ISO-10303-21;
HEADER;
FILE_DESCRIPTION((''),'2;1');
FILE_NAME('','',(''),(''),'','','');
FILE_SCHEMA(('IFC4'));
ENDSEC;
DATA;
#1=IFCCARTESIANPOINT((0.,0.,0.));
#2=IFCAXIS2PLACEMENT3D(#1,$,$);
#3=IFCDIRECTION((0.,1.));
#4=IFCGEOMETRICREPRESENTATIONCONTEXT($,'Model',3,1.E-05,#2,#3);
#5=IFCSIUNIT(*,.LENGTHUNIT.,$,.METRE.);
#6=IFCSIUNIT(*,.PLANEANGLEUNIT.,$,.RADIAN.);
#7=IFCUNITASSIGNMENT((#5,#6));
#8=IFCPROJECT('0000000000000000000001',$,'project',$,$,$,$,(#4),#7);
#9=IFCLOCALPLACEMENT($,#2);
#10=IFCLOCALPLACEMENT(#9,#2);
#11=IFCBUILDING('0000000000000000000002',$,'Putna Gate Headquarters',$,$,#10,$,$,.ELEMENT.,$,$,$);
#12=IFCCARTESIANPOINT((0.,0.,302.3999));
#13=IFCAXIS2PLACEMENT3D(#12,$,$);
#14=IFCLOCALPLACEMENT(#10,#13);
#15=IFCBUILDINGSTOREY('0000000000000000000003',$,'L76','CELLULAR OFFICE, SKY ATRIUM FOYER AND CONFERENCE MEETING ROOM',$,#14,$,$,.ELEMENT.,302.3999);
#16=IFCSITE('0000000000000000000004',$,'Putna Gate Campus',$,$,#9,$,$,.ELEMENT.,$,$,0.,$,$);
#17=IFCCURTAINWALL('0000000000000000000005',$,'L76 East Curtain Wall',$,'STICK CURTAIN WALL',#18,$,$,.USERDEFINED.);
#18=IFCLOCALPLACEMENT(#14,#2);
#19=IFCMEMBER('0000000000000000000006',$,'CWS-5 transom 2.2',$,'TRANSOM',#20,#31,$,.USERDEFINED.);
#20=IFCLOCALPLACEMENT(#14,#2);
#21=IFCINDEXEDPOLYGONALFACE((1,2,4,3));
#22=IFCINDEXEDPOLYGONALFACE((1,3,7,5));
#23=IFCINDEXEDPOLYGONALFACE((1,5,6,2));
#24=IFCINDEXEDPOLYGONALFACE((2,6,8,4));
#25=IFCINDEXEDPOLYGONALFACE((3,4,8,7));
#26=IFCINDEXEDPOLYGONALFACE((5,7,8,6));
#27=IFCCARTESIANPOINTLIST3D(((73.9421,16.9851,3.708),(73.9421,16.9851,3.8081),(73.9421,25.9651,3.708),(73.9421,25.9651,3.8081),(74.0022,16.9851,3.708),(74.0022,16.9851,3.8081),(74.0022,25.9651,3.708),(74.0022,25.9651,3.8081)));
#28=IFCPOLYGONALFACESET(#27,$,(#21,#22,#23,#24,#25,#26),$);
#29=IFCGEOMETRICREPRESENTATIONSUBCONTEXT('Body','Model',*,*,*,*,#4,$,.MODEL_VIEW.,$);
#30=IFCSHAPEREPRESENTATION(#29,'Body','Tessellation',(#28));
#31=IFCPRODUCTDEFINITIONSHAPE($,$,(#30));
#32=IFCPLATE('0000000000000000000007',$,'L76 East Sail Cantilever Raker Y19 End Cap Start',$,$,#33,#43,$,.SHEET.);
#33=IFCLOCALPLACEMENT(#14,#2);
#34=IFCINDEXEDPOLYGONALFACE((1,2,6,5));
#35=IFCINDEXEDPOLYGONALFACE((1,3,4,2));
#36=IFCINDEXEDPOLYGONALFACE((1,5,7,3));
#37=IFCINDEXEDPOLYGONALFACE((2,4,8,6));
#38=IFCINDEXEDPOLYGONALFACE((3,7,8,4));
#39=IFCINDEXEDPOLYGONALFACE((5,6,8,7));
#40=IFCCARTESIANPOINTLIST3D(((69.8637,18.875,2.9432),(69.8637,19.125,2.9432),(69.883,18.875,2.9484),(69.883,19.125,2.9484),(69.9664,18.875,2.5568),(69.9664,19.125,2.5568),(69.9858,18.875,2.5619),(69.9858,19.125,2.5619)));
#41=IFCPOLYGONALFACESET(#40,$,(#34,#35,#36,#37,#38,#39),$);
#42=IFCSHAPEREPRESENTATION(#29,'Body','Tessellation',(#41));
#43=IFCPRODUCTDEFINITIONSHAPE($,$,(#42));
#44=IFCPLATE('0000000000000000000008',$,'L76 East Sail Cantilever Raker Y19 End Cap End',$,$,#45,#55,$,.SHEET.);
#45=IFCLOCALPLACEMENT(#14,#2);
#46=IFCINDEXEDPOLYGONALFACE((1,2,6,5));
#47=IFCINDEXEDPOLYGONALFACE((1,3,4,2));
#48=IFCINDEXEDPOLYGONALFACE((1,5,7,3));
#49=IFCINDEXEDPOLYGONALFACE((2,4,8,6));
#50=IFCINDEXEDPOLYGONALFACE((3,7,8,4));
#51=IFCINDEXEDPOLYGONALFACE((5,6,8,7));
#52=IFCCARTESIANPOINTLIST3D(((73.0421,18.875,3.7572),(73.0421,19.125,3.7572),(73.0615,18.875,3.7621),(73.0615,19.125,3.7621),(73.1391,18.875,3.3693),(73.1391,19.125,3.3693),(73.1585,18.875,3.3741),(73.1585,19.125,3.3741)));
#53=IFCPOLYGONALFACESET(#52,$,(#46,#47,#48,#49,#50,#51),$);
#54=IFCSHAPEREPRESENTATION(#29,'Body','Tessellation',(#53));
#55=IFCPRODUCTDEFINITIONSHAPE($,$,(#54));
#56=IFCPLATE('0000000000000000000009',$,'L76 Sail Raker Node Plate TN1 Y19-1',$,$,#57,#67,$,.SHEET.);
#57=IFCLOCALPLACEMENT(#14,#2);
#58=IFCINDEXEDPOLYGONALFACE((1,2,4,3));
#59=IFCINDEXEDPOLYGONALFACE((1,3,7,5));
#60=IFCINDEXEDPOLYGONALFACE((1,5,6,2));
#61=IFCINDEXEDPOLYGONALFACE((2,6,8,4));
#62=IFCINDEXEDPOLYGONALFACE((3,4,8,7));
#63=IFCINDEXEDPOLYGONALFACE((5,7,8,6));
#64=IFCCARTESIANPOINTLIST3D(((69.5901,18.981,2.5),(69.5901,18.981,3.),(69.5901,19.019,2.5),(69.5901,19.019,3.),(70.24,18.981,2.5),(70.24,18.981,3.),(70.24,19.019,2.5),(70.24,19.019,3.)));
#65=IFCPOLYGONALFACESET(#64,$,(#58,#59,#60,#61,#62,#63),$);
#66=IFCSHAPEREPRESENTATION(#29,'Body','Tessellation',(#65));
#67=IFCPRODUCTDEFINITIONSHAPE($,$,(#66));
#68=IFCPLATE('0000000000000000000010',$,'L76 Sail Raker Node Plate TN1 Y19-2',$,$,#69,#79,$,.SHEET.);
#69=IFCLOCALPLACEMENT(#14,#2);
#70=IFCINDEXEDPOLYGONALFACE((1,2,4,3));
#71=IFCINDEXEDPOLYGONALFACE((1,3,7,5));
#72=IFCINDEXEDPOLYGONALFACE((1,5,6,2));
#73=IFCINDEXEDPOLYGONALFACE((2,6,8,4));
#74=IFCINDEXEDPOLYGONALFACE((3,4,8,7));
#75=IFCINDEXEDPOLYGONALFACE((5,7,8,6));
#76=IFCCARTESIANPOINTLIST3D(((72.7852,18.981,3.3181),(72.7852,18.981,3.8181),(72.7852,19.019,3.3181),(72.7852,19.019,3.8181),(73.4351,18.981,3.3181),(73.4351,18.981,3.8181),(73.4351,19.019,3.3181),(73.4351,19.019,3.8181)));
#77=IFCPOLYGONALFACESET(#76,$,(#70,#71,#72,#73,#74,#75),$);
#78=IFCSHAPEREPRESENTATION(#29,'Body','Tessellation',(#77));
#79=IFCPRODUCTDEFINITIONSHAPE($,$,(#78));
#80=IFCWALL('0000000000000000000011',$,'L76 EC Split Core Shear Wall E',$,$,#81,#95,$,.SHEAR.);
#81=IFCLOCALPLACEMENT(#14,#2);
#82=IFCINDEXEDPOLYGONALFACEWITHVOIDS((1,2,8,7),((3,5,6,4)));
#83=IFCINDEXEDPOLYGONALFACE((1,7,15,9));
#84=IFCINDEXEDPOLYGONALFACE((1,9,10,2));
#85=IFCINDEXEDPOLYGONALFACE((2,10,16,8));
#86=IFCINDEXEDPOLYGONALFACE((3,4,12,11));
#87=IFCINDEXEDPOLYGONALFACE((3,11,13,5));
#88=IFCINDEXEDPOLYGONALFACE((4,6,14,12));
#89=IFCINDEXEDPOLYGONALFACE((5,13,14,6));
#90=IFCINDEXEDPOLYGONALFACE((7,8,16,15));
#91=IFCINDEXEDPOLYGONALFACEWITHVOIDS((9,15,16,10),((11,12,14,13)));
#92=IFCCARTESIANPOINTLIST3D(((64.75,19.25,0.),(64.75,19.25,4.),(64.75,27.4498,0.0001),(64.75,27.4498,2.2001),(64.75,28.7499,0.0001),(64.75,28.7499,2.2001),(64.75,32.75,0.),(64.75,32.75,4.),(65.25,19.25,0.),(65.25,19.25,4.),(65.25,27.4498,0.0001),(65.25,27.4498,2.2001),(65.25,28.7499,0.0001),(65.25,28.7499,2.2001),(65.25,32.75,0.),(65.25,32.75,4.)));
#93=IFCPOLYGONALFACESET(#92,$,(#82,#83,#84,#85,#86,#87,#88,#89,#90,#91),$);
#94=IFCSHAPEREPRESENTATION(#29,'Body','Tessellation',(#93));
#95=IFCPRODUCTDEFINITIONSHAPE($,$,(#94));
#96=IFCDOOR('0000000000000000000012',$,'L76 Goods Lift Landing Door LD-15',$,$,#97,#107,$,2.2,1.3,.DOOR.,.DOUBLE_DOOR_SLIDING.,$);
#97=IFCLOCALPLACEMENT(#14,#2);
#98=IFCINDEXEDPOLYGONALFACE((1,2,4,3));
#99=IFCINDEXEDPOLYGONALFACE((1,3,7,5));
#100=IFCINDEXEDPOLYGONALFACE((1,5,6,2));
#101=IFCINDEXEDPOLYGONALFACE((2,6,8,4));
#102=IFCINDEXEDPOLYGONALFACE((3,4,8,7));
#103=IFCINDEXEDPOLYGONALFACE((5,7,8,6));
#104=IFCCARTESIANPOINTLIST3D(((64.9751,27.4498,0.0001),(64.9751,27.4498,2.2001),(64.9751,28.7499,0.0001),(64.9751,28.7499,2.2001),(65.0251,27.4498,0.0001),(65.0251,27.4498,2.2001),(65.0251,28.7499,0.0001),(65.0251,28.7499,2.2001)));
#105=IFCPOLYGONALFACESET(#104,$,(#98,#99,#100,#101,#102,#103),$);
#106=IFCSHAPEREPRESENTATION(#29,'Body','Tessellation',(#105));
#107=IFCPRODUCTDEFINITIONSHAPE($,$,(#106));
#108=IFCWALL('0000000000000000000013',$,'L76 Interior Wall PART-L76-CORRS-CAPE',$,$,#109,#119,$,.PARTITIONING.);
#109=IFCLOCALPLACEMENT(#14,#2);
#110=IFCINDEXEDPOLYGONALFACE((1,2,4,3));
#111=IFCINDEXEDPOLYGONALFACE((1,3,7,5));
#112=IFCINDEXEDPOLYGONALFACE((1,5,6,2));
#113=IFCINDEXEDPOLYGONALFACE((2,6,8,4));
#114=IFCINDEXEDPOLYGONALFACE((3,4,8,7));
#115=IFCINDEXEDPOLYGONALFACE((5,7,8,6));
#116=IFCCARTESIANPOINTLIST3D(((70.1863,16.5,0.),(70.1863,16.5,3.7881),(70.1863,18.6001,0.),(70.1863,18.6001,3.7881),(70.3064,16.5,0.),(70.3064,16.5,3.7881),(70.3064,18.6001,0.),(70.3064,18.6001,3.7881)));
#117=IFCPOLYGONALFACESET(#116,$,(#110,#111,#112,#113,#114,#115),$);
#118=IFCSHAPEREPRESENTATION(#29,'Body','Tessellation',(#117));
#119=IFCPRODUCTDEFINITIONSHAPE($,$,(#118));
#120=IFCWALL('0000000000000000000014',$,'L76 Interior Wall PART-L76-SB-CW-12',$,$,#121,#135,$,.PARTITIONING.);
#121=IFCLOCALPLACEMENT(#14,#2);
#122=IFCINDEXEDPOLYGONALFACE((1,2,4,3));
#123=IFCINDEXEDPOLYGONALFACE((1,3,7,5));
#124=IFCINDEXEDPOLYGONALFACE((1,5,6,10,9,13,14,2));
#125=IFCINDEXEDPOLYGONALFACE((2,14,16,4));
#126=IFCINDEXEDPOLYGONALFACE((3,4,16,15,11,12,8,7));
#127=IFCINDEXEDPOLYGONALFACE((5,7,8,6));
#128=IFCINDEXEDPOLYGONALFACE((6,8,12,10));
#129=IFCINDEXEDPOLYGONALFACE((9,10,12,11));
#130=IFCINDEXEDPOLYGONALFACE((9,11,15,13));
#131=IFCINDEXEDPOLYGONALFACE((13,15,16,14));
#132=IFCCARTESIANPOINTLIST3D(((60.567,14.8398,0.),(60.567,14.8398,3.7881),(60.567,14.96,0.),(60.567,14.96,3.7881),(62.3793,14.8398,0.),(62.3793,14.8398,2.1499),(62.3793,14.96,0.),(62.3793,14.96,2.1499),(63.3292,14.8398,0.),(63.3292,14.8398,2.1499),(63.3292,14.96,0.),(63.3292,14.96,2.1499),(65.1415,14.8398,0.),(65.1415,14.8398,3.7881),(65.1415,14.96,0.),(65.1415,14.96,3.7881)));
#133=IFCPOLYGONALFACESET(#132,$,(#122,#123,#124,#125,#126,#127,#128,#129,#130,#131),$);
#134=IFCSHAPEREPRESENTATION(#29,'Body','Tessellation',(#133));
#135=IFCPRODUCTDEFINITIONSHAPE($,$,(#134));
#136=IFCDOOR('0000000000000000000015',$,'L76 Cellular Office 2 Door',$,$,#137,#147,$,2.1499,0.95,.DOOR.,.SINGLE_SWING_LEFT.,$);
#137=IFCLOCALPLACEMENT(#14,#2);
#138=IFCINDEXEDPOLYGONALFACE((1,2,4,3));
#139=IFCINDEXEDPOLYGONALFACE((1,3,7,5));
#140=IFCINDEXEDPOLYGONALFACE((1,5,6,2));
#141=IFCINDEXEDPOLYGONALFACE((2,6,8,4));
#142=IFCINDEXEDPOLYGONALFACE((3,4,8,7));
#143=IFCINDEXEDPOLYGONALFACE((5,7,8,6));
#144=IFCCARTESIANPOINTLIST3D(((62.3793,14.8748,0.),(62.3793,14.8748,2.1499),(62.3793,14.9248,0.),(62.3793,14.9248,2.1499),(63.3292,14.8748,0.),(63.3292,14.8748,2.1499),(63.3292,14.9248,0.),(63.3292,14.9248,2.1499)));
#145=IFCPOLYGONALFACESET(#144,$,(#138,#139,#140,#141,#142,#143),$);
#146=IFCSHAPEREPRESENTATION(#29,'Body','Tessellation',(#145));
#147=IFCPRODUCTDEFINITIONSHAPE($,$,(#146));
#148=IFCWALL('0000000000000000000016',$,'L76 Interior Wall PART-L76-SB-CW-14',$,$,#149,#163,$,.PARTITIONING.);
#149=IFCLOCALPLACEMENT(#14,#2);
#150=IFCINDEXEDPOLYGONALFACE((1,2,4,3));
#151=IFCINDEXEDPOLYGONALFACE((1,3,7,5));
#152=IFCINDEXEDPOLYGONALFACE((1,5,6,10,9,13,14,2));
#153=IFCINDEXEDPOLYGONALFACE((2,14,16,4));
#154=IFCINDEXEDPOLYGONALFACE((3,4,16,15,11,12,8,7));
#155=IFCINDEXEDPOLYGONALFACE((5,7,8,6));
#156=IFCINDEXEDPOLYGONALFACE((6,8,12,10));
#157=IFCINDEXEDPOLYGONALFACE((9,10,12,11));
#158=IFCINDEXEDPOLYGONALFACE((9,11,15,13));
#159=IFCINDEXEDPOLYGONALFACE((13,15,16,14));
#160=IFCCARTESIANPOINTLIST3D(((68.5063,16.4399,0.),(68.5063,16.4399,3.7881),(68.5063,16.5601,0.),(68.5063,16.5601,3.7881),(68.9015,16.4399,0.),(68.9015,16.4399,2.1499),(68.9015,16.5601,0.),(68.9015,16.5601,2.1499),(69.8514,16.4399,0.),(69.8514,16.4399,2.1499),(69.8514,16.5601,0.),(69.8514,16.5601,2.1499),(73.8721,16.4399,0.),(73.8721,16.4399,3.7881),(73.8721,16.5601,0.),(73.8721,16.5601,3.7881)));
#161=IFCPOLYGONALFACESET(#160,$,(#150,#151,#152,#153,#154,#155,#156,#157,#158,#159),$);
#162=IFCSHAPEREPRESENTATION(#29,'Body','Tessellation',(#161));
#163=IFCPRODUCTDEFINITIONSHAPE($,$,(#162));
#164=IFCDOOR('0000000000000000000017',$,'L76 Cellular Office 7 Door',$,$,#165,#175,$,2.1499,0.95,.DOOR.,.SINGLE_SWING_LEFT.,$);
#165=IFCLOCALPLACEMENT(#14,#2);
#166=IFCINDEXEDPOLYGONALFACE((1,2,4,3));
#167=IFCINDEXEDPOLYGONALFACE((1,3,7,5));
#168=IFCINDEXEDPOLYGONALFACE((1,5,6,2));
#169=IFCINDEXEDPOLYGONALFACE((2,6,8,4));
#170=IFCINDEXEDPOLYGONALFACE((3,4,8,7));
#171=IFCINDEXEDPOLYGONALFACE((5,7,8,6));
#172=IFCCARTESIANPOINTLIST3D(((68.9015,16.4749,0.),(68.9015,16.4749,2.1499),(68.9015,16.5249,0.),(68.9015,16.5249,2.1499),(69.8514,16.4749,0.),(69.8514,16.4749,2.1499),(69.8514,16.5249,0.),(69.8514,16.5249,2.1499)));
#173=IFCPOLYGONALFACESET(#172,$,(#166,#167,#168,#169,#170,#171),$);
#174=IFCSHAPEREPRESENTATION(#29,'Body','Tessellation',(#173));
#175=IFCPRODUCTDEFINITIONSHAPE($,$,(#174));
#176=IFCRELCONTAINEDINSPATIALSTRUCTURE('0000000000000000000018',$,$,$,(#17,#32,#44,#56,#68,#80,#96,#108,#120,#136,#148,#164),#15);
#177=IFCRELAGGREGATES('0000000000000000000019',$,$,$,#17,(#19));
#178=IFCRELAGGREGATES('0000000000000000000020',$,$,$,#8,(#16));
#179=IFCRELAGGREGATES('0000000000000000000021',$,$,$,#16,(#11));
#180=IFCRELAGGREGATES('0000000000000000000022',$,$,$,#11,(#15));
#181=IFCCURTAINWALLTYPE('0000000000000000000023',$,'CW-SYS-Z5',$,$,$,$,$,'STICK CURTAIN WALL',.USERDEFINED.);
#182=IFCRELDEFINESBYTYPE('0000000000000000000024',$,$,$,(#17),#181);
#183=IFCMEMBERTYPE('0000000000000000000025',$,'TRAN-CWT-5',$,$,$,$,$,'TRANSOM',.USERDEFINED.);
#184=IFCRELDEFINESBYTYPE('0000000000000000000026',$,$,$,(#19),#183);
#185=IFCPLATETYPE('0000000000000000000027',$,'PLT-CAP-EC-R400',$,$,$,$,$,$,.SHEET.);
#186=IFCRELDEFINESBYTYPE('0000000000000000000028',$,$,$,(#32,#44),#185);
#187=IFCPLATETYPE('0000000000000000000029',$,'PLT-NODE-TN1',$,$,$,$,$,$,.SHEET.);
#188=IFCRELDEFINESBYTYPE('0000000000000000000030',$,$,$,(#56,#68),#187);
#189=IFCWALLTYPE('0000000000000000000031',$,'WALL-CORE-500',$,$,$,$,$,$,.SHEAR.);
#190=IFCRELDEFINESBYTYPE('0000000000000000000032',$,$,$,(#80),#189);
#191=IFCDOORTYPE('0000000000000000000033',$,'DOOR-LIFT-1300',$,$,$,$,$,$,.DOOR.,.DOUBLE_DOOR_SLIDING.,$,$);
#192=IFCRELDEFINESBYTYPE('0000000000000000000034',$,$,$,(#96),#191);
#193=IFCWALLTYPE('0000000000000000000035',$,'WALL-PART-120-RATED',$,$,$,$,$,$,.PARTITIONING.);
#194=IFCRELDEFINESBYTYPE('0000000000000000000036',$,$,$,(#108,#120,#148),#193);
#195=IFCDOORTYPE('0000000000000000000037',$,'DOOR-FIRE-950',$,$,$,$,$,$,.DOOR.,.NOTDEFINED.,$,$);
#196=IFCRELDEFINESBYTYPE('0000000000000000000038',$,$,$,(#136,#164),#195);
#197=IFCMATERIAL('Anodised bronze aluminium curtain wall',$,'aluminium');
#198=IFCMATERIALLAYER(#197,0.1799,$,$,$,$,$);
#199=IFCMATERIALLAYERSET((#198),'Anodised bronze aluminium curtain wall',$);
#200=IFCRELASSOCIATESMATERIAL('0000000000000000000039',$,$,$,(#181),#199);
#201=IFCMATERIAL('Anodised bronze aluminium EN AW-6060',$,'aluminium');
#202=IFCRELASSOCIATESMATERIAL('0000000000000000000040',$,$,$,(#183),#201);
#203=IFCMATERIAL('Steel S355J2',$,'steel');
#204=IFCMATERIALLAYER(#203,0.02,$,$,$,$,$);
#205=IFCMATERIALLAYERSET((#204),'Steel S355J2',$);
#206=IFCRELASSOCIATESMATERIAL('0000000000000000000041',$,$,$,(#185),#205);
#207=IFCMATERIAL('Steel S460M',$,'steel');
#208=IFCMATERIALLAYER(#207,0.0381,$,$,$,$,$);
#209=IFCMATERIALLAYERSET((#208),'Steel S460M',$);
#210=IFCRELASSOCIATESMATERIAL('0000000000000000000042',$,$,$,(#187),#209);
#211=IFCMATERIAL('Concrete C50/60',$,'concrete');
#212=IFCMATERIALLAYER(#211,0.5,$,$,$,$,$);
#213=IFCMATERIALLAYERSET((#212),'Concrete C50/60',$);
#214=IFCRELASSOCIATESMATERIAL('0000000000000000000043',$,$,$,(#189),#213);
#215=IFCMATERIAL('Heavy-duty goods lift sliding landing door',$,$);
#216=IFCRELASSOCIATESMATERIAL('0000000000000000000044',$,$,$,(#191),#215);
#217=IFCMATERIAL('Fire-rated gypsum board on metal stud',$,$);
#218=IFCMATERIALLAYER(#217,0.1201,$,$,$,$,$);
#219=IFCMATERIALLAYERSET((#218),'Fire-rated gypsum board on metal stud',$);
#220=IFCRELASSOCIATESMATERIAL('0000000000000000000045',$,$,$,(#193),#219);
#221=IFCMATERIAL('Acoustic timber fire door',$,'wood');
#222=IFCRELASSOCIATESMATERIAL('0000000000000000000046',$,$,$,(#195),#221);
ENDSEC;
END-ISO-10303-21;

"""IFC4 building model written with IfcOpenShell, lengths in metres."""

from ifc_helpers import new_model, si_unit, direction, frame, frame_2d, origin, origin_2d, place, context, subcontext, project, spatial, rectangle, extrude, material, layer, layer_set, material_profile, profile_set, type_object, element, fill, aggregate, save


model = new_model("IFC4")

# Units and contexts
model_context = context("Model", 3, precision=1e-05, world=origin(), true_north=direction((0.0, 1.0)))
body_context = subcontext(model_context, "Body", "Model", "MODEL_VIEW")
ifc_project = project(units=[si_unit("LENGTHUNIT", "METRE"), si_unit("PLANEANGLEUNIT", "RADIAN")], contexts=[model_context])

# Site, building, storey
site_placement = place(None, origin())
site = spatial("IfcSite", under=ifc_project, at=site_placement, Name="Putna Gate Campus", CompositionType="ELEMENT", RefElevation=0.0)
building_placement = place(site_placement, origin())
building = spatial("IfcBuilding", under=site, at=building_placement, Name="Putna Gate Headquarters", CompositionType="ELEMENT")
storey_placement = place(building_placement, frame((0.0, 0.0, 302.3999)))
storey = spatial("IfcBuildingStorey", under=building, at=storey_placement, Name="L76", Description="CELLULAR OFFICE, SKY ATRIUM FOYER AND CONFERENCE MEETING ROOM", CompositionType="ELEMENT", Elevation=302.3999)

# Shared definitions
ifc_material_1 = material(Name="Steel S460M", Category="steel")

# Shared definitions
ifc_material_2 = material(Name="Steel S355J2", Category="steel")

# Curtain wall, member
ifc_material_3 = material(Name="Anodised bronze aluminium curtain wall", Category="aluminium")
ifc_layer_1 = layer(ifc_material_3, 0.1799)
ifc_layer_set_1 = layer_set([ifc_layer_1], Name="Anodised bronze aluminium curtain wall")
curtain_wall_type = type_object("IfcCurtainWallType", Name="CW-SYS-Z5", ElementType="STICK CURTAIN WALL", PredefinedType="USERDEFINED", material=ifc_layer_set_1)
curtain_wall_placement = place(storey_placement, origin())
curtain_wall = element("IfcCurtainWall", 1, at=curtain_wall_placement, inside=storey, type_object=curtain_wall_type, Name="L76 East Curtain Wall", ObjectType="STICK CURTAIN WALL", PredefinedType="USERDEFINED")
ifc_material_4 = material(Name="Anodised bronze aluminium EN AW-6060", Category="aluminium")
ifc_material_profile_1 = material_profile(ifc_material_4, rectangle(XDim=0.0601, YDim=0.1001, at=origin_2d()), Name="Anodised bronze aluminium EN AW-6060")
ifc_profile_set_1 = profile_set([ifc_material_profile_1], Name="Anodised bronze aluminium EN AW-6060")
member_type_1 = type_object("IfcMemberType", Name="TRAN-CWT-5", ElementType="TRANSOM", PredefinedType="USERDEFINED", material=ifc_profile_set_1)
member_1_placement = place(storey_placement, frame((73.9722, 16.9851, 3.7581), z_axis=(0.0, 1.0, 0.0), x_axis=(-1.0, 0.0, 0.0)))
member_1 = element("IfcMember", 2, at=member_1_placement, type_object=member_type_1, Name="CWS-5 transom 2.2", ObjectType="TRANSOM", PredefinedType="USERDEFINED", context=body_context, shape_type="SweptSolid", body=[
    extrude(rectangle(XDim=0.0601, YDim=0.1001, at=origin_2d()), origin(), (0.0, 0.0, 1.0), 8.98),
])
aggregate(curtain_wall, [member_1])

# Plates
ifc_layer_2 = layer(ifc_material_2, 0.02)
ifc_layer_set_2 = layer_set([ifc_layer_2], Name="Steel S355J2")
plate_type_1 = type_object("IfcPlateType", Name="PLT-CAP-EC-R400", PredefinedType="SHEET", material=ifc_layer_set_2)
for number, where, z_axis, x_axis, name in (
    (3, (69.915, 19.0, 2.75), (0.966438, 0.0, 0.256901), (0.0, 1.0, 0.0), "L76 East Sail Cantilever Raker Y19 End Cap Start"),
    (4, (73.0906, 19.0, 3.5632), (0.970143, 0.0, 0.242536), (0.0, 1.0, 0.0), "L76 East Sail Cantilever Raker Y19 End Cap End"),
):
    element("IfcPlate", number, at=place(storey_placement, frame(where, z_axis=z_axis, x_axis=x_axis)), inside=storey, type_object=plate_type_1, Name=name, PredefinedType="SHEET", context=body_context, shape_type="SweptSolid", body=[
        extrude(rectangle(XDim=0.25, YDim=0.3999, at=origin_2d()), origin(), (0.0, 0.0, 1.0), 0.02),
    ])
ifc_layer_3 = layer(ifc_material_1, 0.0381)
ifc_layer_set_3 = layer_set([ifc_layer_3], Name="Steel S460M")
plate_type_2 = type_object("IfcPlateType", Name="PLT-NODE-TN1", PredefinedType="SHEET", material=ifc_layer_set_3)
for number, where, z_axis, x_axis, name in (
    (5, (69.915, 19.0, 2.5), (0.0, 0.0, 1.0), (1.0, 0.0, 0.0), "L76 Sail Raker Node Plate TN1 Y19-1"),
    (6, (73.1101, 19.0, 3.3181), (0.0, 0.0, 1.0), (1.0, 0.0, 0.0), "L76 Sail Raker Node Plate TN1 Y19-2"),
):
    element("IfcPlate", number, at=place(storey_placement, frame(where, z_axis=z_axis, x_axis=x_axis)), inside=storey, type_object=plate_type_2, Name=name, PredefinedType="SHEET", context=body_context, shape_type="SweptSolid", body=[
        extrude(rectangle(XDim=0.6499, YDim=0.0381, at=origin_2d()), origin(), (0.0, 0.0, 1.0), 0.5),
    ])

# Wall, opening, door
ifc_material_5 = material(Name="Concrete C50/60", Category="concrete")
ifc_layer_4 = layer(ifc_material_5, 0.5)
ifc_layer_set_4 = layer_set([ifc_layer_4], Name="Concrete C50/60")
wall_type_1 = type_object("IfcWallType", Name="WALL-CORE-500", PredefinedType="SHEAR", material=ifc_layer_set_4)
wall_1_placement = place(storey_placement, frame((65.0, 19.25, 0.0), z_axis=(0.0, 0.0, 1.0), x_axis=(0.0, 1.0, 0.0)))
wall_1 = element("IfcWall", 7, at=wall_1_placement, inside=storey, type_object=wall_type_1, Name="L76 EC Split Core Shear Wall E", PredefinedType="SHEAR", context=body_context, shape_type="SweptSolid", body=[
    extrude(rectangle(XDim=13.5, YDim=0.5, at=frame_2d((6.75, 0.0))), origin(), (0.0, 0.0, 1.0), 4.0),
])
opening_1_placement = place(wall_1_placement, frame((8.2, 0.0, 0.0)))
opening_1 = element("IfcOpeningElement", 8, at=opening_1_placement, cuts=wall_1, PredefinedType="OPENING", context=body_context, shape_type="SweptSolid", body=[
    extrude(rectangle(XDim=1.3, YDim=2.2, at=frame_2d((0.6499, 1.1001))), frame((0.0, 0.26, 0.0), z_axis=(0.0, -1.0, 0.0), x_axis=(1.0, 0.0, 0.0)), (0.0, 0.0, 1.0), 0.52),
])
ifc_material_6 = material(Name="Heavy-duty goods lift sliding landing door")
door_type_1 = type_object("IfcDoorType", Name="DOOR-LIFT-1300", OperationType="DOUBLE_DOOR_SLIDING", PredefinedType="DOOR", material=ifc_material_6)
door_1_placement = place(opening_1_placement, origin())
door_1 = element("IfcDoor", 9, at=door_1_placement, inside=storey, type_object=door_type_1, Name="L76 Goods Lift Landing Door LD-15", OperationType="DOUBLE_DOOR_SLIDING", OverallHeight=2.2, OverallWidth=1.3, PredefinedType="DOOR", context=body_context, shape_type="SweptSolid", body=[
    extrude(rectangle(XDim=1.3, YDim=2.2, at=frame_2d((0.6499, 1.1001))), frame((0.0, 0.0249, 0.0), z_axis=(0.0, -1.0, 0.0), x_axis=(1.0, 0.0, 0.0)), (0.0, 0.0, 1.0), 0.05),
])
fill(opening_1, door_1)

# Wall
ifc_material_7 = material(Name="Fire-rated gypsum board on metal stud")
ifc_layer_5 = layer(ifc_material_7, 0.1201)
ifc_layer_set_5 = layer_set([ifc_layer_5], Name="Fire-rated gypsum board on metal stud")
wall_type_2 = type_object("IfcWallType", Name="WALL-PART-120-RATED", PredefinedType="PARTITIONING", material=ifc_layer_set_5)
wall_2_placement = place(storey_placement, frame((70.2463, 16.5, 0.0), z_axis=(0.0, 0.0, 1.0), x_axis=(0.0, 1.0, 0.0)))
element("IfcWall", 10, at=wall_2_placement, inside=storey, type_object=wall_type_2, Name="L76 Interior Wall PART-L76-CORRS-CAPE", PredefinedType="PARTITIONING", context=body_context, shape_type="SweptSolid", body=[
    extrude(rectangle(XDim=2.1001, YDim=0.1201, at=frame_2d((1.05, 0.0))), origin(), (0.0, 0.0, 1.0), 3.7881),
])

# Walls, openings, doors
wall_3_placement = place(storey_placement, frame((60.5671, 14.8999, 0.0), z_axis=(0.0, 0.0, 1.0), x_axis=(1.0, 0.0, 0.0)))
wall_3 = element("IfcWall", 11, at=wall_3_placement, inside=storey, type_object=wall_type_2, Name="L76 Interior Wall PART-L76-SB-CW-12", PredefinedType="PARTITIONING", context=body_context, shape_type="SweptSolid", body=[
    extrude(rectangle(XDim=4.5745, YDim=0.1201, at=frame_2d((2.2871, 0.0))), origin(), (0.0, 0.0, 1.0), 3.7881),
])
opening_2_placement = place(wall_3_placement, frame((1.812, 0.0, 0.0)))
opening_2 = element("IfcOpeningElement", 12, at=opening_2_placement, cuts=wall_3, PredefinedType="OPENING", context=body_context, shape_type="SweptSolid", body=[
    extrude(rectangle(XDim=0.95, YDim=2.1499, at=frame_2d((0.4751, 1.075))), frame((0.0, 0.0701, 0.0), z_axis=(0.0, -1.0, 0.0), x_axis=(1.0, 0.0, 0.0)), (0.0, 0.0, 1.0), 0.1401),
])
ifc_material_8 = material(Name="Acoustic timber fire door", Category="wood")
door_type_2 = type_object("IfcDoorType", Name="DOOR-FIRE-950", OperationType="NOTDEFINED", PredefinedType="DOOR", material=ifc_material_8)
door_2_placement = place(opening_2_placement, origin())
door_2 = element("IfcDoor", 13, at=door_2_placement, inside=storey, type_object=door_type_2, Name="L76 Cellular Office 2 Door", OperationType="SINGLE_SWING_LEFT", OverallHeight=2.1499, OverallWidth=0.95, PredefinedType="DOOR", context=body_context, shape_type="SweptSolid", body=[
    extrude(rectangle(XDim=0.95, YDim=2.1499, at=frame_2d((0.4751, 1.075))), frame((0.0, 0.0249, 0.0), z_axis=(0.0, -1.0, 0.0), x_axis=(1.0, 0.0, 0.0)), (0.0, 0.0, 1.0), 0.05),
])
fill(opening_2, door_2)
wall_4_placement = place(storey_placement, frame((68.5063, 16.5, 0.0), z_axis=(0.0, 0.0, 1.0), x_axis=(1.0, 0.0, 0.0)))
wall_4 = element("IfcWall", 14, at=wall_4_placement, inside=storey, type_object=wall_type_2, Name="L76 Interior Wall PART-L76-SB-CW-14", PredefinedType="PARTITIONING", context=body_context, shape_type="SweptSolid", body=[
    extrude(rectangle(XDim=5.3657, YDim=0.1201, at=frame_2d((2.6829, 0.0))), origin(), (0.0, 0.0, 1.0), 3.7881),
])
opening_3_placement = place(wall_4_placement, frame((0.395, 0.0, 0.0)))
opening_3 = element("IfcOpeningElement", 15, at=opening_3_placement, cuts=wall_4, PredefinedType="OPENING", context=body_context, shape_type="SweptSolid", body=[
    extrude(rectangle(XDim=0.95, YDim=2.1499, at=frame_2d((0.4751, 1.075))), frame((0.0, 0.0701, 0.0), z_axis=(0.0, -1.0, 0.0), x_axis=(1.0, 0.0, 0.0)), (0.0, 0.0, 1.0), 0.1401),
])
door_3_placement = place(opening_3_placement, origin())
door_3 = element("IfcDoor", 16, at=door_3_placement, inside=storey, type_object=door_type_2, Name="L76 Cellular Office 7 Door", OperationType="SINGLE_SWING_LEFT", OverallHeight=2.1499, OverallWidth=0.95, PredefinedType="DOOR", context=body_context, shape_type="SweptSolid", body=[
    extrude(rectangle(XDim=0.95, YDim=2.1499, at=frame_2d((0.4751, 1.075))), frame((0.0, 0.0249, 0.0), z_axis=(0.0, -1.0, 0.0), x_axis=(1.0, 0.0, 0.0)), (0.0, 0.0, 1.0), 0.05),
])
fill(opening_3, door_3)

save(model, "model.ifc")
